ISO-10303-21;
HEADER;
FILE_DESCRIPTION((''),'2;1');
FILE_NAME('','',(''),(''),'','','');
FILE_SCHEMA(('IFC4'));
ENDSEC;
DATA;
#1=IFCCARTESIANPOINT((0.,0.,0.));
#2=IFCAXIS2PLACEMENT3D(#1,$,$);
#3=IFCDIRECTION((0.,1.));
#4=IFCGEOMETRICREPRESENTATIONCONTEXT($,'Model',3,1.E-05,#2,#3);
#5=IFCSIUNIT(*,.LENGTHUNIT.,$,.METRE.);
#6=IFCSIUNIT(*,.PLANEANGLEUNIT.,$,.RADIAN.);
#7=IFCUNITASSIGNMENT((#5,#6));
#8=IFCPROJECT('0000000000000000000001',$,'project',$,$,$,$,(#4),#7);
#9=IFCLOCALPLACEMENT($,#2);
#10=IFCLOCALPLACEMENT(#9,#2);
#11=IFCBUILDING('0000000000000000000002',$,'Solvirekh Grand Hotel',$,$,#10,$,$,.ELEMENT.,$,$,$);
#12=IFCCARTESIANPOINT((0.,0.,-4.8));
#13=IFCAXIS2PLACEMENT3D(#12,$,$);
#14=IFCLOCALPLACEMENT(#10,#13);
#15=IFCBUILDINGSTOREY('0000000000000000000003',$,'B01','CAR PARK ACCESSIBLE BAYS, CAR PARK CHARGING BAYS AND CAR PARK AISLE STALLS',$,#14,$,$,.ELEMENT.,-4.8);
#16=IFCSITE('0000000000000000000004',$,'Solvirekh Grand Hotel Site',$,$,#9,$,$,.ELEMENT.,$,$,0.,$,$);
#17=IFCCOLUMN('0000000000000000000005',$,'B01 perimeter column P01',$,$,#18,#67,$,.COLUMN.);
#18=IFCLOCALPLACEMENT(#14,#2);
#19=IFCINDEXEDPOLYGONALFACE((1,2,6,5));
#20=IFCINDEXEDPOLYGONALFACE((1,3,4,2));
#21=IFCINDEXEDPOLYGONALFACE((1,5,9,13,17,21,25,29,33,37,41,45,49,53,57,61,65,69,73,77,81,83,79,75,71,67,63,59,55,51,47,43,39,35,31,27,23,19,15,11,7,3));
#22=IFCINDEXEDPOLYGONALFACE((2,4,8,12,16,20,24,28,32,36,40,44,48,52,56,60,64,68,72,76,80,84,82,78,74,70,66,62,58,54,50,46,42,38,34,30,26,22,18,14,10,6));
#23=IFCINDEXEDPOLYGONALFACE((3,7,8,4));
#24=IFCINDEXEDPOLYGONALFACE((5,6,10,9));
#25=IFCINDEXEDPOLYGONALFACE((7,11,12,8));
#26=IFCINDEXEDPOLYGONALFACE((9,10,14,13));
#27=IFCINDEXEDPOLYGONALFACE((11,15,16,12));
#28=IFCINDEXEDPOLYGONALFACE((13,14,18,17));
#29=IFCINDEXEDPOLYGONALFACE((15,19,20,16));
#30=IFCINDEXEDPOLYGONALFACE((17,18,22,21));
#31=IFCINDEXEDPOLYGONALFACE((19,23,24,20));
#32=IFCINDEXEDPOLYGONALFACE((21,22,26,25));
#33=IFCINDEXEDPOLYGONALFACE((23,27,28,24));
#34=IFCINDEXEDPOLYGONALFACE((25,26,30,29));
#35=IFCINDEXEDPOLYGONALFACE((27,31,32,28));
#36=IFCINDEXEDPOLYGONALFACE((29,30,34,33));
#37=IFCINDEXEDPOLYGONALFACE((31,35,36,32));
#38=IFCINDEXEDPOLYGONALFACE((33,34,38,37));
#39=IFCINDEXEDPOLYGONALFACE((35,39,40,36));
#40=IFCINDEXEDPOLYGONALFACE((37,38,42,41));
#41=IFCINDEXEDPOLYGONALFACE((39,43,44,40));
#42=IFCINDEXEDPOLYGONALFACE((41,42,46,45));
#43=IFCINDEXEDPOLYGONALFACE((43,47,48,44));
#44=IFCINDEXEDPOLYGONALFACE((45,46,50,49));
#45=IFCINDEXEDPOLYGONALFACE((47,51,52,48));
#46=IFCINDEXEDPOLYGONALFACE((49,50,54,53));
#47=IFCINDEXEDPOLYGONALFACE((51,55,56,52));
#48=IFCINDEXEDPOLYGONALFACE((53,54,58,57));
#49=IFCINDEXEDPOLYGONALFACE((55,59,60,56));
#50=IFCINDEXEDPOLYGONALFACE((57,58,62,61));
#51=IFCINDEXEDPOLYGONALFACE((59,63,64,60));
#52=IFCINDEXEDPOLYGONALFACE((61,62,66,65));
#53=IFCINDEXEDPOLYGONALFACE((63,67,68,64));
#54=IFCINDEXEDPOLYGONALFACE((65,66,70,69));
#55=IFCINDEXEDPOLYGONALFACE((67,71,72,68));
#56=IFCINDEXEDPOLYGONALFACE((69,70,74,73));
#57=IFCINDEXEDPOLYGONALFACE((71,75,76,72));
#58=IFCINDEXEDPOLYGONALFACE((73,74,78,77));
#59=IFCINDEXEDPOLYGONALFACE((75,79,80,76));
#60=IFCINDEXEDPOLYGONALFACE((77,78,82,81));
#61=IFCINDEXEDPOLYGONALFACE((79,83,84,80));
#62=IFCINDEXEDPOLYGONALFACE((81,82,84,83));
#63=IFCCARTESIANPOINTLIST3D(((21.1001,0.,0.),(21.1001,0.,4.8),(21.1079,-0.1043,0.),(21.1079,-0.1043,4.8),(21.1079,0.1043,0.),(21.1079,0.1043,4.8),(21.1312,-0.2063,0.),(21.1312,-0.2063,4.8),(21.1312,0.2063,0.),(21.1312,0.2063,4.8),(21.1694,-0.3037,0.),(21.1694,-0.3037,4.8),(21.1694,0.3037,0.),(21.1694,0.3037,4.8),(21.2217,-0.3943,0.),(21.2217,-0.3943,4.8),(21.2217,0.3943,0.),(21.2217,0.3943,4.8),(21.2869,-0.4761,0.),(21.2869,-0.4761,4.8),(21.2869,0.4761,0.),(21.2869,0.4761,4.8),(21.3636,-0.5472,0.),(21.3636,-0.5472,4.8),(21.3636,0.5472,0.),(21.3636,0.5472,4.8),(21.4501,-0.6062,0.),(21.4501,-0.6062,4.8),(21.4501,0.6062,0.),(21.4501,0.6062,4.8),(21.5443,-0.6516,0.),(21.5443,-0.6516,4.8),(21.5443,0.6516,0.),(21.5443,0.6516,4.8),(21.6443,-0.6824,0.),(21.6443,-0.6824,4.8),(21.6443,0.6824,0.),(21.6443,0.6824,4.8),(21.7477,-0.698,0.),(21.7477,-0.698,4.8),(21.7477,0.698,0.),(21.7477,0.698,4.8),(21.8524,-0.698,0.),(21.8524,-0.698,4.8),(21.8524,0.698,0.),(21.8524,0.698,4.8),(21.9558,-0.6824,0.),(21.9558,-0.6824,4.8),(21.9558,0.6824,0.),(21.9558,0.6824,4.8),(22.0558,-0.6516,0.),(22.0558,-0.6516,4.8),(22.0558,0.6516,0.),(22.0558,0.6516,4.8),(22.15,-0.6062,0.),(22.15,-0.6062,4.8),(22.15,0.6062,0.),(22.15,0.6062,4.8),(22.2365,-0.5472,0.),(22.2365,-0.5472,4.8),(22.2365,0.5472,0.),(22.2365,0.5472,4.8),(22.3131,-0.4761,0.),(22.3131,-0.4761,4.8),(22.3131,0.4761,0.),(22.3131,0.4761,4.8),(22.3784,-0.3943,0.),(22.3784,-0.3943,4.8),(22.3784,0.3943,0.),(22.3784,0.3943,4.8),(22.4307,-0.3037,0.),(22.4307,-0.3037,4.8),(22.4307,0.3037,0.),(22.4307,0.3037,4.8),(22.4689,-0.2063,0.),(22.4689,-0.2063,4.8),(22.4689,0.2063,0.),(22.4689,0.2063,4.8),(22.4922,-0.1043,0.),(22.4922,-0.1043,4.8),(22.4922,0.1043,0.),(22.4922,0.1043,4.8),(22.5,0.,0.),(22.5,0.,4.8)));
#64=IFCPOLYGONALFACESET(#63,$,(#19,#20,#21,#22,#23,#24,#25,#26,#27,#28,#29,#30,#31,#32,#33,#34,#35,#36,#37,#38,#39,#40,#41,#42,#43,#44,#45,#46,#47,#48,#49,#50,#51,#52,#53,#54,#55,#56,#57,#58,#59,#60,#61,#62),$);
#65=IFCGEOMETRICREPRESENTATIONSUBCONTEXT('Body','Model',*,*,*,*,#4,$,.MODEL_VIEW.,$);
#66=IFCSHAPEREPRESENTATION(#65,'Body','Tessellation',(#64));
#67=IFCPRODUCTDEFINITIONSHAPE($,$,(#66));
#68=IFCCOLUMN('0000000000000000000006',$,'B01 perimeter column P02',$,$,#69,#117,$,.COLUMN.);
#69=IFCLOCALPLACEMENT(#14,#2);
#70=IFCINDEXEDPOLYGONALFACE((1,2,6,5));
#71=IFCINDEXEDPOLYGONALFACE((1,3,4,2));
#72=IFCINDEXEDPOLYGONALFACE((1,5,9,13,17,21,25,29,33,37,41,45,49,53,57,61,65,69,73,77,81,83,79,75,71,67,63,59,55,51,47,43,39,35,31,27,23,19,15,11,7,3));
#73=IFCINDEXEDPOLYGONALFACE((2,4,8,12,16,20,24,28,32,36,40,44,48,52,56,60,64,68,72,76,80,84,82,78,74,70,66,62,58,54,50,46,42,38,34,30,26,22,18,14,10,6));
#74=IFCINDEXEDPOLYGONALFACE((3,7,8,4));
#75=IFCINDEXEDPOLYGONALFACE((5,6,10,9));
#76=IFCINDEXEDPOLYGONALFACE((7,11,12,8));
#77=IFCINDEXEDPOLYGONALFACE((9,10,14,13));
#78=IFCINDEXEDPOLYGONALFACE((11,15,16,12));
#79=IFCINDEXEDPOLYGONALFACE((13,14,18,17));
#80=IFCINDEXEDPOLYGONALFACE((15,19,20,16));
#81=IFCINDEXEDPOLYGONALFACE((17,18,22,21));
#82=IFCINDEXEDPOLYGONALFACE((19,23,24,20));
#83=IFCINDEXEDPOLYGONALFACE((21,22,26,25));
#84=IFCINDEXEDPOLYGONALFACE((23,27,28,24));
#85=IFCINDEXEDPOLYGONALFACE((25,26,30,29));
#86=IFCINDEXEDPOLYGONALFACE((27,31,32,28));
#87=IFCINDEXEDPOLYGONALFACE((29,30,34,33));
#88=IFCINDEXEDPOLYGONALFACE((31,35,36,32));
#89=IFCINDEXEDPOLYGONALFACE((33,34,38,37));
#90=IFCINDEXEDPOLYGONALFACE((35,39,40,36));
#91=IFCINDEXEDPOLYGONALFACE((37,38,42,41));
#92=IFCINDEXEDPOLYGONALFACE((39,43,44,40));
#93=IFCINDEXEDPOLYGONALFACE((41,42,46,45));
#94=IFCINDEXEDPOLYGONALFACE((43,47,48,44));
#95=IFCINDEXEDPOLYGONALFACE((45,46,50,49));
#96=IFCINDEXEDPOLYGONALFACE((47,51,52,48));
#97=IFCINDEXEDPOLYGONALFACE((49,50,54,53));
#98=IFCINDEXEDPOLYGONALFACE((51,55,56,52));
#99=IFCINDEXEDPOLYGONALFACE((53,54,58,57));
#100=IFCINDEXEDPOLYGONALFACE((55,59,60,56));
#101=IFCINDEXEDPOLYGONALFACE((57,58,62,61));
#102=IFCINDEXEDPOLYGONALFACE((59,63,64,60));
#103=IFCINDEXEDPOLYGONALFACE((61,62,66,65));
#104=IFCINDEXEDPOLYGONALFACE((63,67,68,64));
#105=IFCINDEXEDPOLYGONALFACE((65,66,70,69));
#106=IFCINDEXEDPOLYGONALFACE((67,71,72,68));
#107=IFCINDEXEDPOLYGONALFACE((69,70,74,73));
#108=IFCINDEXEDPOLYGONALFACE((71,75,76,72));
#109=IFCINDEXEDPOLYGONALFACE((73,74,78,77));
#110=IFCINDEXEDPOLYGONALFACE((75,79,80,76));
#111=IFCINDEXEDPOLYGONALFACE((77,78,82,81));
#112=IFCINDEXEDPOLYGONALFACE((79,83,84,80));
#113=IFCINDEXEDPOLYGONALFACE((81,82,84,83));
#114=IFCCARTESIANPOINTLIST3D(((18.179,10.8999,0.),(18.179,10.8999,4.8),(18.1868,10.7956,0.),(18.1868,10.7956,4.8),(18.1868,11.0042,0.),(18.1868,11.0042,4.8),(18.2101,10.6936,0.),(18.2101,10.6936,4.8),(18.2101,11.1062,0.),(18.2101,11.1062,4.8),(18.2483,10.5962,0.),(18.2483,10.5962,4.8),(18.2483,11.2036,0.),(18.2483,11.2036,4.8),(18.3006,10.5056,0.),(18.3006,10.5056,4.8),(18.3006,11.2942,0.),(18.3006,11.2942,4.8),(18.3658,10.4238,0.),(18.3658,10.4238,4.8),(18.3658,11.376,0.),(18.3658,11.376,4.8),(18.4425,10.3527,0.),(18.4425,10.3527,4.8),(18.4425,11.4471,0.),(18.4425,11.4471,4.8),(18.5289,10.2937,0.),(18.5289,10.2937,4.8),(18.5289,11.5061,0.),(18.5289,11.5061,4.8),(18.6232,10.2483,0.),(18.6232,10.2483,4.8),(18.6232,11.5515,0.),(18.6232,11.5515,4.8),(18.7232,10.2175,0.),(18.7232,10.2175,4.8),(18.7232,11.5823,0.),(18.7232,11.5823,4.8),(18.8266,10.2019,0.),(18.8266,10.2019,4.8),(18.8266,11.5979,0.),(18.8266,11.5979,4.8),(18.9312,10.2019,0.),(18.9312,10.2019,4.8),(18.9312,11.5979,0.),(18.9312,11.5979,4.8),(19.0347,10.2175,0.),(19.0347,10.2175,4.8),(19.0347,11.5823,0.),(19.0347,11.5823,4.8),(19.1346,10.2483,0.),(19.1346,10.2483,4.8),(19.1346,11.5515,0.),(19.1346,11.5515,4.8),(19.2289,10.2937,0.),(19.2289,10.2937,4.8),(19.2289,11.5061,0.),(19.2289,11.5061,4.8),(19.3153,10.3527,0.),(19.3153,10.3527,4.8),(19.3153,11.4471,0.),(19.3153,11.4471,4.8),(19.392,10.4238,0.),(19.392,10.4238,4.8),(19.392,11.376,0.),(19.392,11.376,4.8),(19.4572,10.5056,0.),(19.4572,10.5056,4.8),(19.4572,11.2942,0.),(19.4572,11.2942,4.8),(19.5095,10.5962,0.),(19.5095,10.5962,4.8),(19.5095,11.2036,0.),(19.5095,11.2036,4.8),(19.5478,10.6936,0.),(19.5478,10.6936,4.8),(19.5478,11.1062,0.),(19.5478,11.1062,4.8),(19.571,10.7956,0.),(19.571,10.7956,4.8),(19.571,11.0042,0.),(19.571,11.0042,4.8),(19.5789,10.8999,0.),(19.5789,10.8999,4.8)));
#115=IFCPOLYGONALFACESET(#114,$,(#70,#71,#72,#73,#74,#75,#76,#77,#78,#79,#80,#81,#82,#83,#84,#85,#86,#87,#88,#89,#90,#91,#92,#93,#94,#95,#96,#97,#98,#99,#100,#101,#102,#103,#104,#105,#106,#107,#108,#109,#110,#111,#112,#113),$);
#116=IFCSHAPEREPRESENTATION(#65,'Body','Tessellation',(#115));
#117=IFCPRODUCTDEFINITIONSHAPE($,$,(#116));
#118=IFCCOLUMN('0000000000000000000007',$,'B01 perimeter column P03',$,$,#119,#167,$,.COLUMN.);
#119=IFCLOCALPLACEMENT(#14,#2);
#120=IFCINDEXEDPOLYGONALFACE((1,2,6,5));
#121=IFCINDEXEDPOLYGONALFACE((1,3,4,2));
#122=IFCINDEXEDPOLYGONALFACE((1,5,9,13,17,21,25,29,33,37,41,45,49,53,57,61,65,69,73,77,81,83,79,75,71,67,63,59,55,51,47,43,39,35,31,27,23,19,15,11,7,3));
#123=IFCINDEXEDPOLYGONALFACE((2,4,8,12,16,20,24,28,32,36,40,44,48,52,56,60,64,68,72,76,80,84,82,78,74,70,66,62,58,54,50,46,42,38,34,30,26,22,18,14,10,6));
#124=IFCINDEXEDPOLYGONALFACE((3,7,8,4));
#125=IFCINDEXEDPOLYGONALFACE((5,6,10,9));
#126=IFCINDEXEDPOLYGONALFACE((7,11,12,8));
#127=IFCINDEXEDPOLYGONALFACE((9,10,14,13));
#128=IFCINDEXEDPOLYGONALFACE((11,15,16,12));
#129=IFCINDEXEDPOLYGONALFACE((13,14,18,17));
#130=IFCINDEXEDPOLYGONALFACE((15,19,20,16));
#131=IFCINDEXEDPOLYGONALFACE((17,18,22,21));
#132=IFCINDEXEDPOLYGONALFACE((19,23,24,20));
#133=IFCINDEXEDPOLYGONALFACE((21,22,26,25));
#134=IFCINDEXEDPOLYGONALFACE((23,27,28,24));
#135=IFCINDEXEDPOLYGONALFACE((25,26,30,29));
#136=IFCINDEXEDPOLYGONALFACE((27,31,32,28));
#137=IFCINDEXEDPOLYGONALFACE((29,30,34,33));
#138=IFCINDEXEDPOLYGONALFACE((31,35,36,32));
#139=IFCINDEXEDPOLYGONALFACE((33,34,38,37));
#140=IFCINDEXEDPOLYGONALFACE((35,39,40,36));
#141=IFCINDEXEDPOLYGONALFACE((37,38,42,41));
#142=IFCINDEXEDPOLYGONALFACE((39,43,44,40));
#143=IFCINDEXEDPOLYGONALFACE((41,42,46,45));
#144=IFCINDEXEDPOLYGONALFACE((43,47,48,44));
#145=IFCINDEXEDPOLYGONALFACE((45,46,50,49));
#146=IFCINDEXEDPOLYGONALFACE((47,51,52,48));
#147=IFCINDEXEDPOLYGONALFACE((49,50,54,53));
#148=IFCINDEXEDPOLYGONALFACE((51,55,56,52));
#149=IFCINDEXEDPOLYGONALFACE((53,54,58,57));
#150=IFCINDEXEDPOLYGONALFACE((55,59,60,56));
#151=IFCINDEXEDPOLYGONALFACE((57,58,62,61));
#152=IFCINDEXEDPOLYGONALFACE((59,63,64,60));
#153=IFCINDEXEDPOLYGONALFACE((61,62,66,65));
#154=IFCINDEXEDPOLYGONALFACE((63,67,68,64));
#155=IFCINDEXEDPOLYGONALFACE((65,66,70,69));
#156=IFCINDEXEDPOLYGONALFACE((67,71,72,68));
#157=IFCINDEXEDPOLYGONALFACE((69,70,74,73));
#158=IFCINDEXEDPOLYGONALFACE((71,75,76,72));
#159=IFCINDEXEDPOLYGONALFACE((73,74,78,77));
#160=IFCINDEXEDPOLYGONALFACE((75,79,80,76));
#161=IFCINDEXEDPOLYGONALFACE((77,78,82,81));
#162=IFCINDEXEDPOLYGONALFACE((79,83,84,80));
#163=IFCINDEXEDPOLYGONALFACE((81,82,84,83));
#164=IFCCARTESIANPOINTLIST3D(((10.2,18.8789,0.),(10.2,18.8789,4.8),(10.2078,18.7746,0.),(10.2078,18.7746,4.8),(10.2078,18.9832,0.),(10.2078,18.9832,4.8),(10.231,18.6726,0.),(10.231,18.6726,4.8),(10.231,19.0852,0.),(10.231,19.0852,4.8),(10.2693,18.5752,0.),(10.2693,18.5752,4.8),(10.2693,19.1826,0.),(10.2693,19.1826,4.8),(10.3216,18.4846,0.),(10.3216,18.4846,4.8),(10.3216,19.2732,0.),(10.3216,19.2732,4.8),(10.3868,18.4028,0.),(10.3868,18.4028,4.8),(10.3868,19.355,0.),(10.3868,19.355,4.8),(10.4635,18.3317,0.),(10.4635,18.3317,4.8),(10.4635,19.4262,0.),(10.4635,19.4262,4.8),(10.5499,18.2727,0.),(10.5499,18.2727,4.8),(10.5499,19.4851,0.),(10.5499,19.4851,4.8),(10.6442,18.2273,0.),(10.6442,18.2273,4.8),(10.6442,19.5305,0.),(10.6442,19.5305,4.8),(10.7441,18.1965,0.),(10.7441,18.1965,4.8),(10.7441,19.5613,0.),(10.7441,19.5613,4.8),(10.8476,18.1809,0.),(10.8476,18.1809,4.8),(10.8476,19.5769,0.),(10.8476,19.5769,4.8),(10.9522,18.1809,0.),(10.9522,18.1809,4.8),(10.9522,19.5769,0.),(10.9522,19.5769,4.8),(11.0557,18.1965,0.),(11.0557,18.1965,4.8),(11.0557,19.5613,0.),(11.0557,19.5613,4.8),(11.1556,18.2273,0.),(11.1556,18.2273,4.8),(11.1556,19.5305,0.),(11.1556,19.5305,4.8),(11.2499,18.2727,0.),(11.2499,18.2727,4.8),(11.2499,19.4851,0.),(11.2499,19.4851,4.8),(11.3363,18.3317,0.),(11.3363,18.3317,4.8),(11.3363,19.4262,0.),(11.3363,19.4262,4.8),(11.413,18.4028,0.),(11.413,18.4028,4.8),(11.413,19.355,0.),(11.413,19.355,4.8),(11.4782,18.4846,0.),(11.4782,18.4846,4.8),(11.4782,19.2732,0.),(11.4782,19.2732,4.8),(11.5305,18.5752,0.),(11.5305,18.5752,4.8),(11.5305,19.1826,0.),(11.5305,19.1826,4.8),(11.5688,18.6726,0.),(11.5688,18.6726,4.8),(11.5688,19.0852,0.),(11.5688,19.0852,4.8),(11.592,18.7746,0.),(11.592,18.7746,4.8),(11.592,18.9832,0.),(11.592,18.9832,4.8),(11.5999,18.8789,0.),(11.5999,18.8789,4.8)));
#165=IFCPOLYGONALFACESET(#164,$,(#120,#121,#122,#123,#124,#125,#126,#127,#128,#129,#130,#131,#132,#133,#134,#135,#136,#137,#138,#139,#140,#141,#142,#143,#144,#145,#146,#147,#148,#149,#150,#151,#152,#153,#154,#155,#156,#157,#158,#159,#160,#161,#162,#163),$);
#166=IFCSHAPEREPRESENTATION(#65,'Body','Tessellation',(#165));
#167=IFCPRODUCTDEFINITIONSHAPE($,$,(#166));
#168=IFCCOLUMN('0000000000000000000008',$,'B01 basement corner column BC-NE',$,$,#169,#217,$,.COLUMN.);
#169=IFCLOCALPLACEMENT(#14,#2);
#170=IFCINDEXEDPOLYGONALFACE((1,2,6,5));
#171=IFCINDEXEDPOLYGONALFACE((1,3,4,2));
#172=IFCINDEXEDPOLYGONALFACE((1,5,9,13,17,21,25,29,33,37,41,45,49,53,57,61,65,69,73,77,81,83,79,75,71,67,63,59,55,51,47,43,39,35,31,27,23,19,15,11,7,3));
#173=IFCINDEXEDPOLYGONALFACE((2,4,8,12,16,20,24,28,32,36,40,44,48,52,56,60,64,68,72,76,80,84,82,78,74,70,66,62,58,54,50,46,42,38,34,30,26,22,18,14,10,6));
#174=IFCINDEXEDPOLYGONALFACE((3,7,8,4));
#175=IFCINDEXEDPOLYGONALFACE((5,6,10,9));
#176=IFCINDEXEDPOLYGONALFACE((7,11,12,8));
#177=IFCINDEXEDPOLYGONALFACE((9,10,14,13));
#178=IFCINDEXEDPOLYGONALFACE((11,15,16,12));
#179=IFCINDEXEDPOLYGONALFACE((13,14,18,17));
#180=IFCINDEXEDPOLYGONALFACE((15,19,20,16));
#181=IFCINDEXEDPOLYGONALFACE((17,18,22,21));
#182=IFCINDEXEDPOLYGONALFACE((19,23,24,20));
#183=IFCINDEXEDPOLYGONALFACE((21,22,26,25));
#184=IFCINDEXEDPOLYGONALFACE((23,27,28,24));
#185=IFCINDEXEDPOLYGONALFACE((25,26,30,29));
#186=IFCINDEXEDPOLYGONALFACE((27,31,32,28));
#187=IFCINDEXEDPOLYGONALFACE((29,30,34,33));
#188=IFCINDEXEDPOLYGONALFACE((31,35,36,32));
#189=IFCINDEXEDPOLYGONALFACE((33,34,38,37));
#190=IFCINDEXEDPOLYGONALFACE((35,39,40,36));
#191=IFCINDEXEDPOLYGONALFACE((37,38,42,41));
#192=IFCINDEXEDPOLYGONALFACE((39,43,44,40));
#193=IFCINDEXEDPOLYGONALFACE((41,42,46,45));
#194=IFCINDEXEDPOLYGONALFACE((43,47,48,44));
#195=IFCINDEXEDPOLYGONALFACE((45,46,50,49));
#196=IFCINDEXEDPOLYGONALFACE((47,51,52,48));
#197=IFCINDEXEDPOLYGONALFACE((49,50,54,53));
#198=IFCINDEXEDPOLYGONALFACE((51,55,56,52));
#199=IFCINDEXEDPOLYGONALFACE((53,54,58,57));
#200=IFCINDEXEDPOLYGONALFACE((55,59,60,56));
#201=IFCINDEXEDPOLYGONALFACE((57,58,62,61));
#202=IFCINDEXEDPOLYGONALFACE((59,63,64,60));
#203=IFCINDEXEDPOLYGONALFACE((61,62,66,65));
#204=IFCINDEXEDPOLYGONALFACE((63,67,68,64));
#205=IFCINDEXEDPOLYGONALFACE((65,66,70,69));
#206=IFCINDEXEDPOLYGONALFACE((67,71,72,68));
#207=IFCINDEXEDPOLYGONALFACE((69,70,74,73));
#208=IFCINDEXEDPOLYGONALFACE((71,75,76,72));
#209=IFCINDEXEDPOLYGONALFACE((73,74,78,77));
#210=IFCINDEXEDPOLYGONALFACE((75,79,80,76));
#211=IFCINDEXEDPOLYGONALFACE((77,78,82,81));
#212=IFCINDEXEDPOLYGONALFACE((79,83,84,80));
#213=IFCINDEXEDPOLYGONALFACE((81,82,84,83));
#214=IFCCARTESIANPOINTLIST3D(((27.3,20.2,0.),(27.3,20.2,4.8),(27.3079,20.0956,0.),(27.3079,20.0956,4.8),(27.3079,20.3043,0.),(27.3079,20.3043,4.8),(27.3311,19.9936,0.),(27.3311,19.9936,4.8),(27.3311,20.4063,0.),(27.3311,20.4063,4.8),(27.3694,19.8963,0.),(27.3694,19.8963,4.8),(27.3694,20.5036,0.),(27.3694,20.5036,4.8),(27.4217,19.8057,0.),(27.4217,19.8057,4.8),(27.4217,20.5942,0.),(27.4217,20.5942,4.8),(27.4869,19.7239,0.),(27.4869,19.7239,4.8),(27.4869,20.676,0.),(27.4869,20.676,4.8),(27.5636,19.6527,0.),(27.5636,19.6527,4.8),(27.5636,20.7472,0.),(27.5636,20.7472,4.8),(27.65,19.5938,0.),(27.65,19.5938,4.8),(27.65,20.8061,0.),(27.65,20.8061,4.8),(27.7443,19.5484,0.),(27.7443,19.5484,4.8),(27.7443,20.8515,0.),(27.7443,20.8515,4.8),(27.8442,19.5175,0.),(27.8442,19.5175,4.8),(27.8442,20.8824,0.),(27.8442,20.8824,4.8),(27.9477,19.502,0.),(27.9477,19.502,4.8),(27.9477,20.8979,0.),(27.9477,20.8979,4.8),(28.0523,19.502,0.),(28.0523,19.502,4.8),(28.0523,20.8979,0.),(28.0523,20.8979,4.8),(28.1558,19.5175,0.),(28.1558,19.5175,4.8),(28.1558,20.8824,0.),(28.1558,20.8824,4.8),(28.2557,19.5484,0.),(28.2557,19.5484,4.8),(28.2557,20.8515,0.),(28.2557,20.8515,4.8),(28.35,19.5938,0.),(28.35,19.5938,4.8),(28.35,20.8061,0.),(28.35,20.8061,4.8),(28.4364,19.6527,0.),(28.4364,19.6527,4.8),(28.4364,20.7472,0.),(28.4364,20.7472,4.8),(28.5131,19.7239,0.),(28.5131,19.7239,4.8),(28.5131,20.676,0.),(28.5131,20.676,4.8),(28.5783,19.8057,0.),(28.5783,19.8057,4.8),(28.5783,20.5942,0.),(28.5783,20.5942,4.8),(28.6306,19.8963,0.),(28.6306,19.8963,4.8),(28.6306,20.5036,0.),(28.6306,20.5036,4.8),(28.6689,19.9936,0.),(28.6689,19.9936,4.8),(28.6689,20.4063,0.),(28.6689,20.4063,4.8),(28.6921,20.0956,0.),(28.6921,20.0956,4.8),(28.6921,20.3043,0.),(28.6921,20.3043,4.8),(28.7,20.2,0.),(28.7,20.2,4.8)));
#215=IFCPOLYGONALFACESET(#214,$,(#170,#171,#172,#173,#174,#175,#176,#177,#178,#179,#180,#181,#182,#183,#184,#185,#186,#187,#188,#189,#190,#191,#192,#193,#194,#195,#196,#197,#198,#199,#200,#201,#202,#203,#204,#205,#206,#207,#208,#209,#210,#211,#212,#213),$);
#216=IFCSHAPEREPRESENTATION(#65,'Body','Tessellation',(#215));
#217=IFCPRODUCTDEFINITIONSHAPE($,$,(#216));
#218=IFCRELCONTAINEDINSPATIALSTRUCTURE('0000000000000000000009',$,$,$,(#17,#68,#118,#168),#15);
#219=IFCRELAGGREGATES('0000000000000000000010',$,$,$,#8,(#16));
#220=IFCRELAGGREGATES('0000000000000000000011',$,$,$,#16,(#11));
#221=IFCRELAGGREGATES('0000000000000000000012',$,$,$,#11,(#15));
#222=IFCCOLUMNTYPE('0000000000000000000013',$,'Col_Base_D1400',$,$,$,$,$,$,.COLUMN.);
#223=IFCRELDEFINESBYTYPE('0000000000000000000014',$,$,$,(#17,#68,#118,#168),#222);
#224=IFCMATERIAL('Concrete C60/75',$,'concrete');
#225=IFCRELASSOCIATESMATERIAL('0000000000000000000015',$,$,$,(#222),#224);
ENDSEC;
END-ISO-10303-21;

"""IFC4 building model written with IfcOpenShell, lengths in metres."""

from ifc_helpers import new_model, si_unit, direction, frame, origin, origin_2d, place, context, subcontext, project, spatial, circle, extrude, material, material_profile, profile_set, type_object, element, save


model = new_model("IFC4")

# Units and contexts
model_context = context("Model", 3, precision=1e-05, world=origin(), true_north=direction((0.0, 1.0)))
body_context = subcontext(model_context, "Body", "Model", "MODEL_VIEW")
ifc_project = project(units=[si_unit("LENGTHUNIT", "METRE"), si_unit("PLANEANGLEUNIT", "RADIAN")], contexts=[model_context])

# Site, building, storey
site_placement = place(None, origin())
site = spatial("IfcSite", under=ifc_project, at=site_placement, Name="Solvirekh Grand Hotel Site", CompositionType="ELEMENT", RefElevation=0.0)
building_placement = place(site_placement, origin())
building = spatial("IfcBuilding", under=site, at=building_placement, Name="Solvirekh Grand Hotel", CompositionType="ELEMENT")
storey_placement = place(building_placement, frame((0.0, 0.0, -4.8)))
storey = spatial("IfcBuildingStorey", under=building, at=storey_placement, Name="B01", Description="CAR PARK ACCESSIBLE BAYS, CAR PARK CHARGING BAYS AND CAR PARK AISLE STALLS", CompositionType="ELEMENT", Elevation=-4.8)

# Columns
ifc_material_1 = material(Name="Concrete C60/75", Category="concrete")
ifc_material_profile_1 = material_profile(ifc_material_1, circle(Radius=0.7, at=origin_2d()), Name="RC CIRC D1400")
ifc_profile_set_1 = profile_set([ifc_material_profile_1], Name="Concrete C60/75")
column_type_1 = type_object("IfcColumnType", Name="Col_Base_D1400", PredefinedType="COLUMN", material=ifc_profile_set_1)
for number, where, z_axis, x_axis, name in (
    (1, (21.8, 0.0, 0.0), (0.0, 0.0, 1.0), (1.0, 0.0, 0.0), "B01 perimeter column P01"),
    (2, (18.8789, 10.8999, 0.0), (0.0, 0.0, 1.0), (1.0, 0.0, 0.0), "B01 perimeter column P02"),
    (3, (10.8999, 18.8789, 0.0), (0.0, 0.0, 1.0), (1.0, 0.0, 0.0), "B01 perimeter column P03"),
    (4, (28.0, 20.2, 0.0), (0.0, 0.0, 1.0), (1.0, 0.0, 0.0), "B01 basement corner column BC-NE"),
):
    element("IfcColumn", number, at=place(storey_placement, frame(where, z_axis=z_axis, x_axis=x_axis)), inside=storey, type_object=column_type_1, Name=name, PredefinedType="COLUMN", context=body_context, shape_type="SweptSolid", body=[
        extrude(circle(Radius=0.7, at=origin_2d()), origin(), (0.0, 0.0, 1.0), 4.8),
    ])

save(model, "model.ifc")
